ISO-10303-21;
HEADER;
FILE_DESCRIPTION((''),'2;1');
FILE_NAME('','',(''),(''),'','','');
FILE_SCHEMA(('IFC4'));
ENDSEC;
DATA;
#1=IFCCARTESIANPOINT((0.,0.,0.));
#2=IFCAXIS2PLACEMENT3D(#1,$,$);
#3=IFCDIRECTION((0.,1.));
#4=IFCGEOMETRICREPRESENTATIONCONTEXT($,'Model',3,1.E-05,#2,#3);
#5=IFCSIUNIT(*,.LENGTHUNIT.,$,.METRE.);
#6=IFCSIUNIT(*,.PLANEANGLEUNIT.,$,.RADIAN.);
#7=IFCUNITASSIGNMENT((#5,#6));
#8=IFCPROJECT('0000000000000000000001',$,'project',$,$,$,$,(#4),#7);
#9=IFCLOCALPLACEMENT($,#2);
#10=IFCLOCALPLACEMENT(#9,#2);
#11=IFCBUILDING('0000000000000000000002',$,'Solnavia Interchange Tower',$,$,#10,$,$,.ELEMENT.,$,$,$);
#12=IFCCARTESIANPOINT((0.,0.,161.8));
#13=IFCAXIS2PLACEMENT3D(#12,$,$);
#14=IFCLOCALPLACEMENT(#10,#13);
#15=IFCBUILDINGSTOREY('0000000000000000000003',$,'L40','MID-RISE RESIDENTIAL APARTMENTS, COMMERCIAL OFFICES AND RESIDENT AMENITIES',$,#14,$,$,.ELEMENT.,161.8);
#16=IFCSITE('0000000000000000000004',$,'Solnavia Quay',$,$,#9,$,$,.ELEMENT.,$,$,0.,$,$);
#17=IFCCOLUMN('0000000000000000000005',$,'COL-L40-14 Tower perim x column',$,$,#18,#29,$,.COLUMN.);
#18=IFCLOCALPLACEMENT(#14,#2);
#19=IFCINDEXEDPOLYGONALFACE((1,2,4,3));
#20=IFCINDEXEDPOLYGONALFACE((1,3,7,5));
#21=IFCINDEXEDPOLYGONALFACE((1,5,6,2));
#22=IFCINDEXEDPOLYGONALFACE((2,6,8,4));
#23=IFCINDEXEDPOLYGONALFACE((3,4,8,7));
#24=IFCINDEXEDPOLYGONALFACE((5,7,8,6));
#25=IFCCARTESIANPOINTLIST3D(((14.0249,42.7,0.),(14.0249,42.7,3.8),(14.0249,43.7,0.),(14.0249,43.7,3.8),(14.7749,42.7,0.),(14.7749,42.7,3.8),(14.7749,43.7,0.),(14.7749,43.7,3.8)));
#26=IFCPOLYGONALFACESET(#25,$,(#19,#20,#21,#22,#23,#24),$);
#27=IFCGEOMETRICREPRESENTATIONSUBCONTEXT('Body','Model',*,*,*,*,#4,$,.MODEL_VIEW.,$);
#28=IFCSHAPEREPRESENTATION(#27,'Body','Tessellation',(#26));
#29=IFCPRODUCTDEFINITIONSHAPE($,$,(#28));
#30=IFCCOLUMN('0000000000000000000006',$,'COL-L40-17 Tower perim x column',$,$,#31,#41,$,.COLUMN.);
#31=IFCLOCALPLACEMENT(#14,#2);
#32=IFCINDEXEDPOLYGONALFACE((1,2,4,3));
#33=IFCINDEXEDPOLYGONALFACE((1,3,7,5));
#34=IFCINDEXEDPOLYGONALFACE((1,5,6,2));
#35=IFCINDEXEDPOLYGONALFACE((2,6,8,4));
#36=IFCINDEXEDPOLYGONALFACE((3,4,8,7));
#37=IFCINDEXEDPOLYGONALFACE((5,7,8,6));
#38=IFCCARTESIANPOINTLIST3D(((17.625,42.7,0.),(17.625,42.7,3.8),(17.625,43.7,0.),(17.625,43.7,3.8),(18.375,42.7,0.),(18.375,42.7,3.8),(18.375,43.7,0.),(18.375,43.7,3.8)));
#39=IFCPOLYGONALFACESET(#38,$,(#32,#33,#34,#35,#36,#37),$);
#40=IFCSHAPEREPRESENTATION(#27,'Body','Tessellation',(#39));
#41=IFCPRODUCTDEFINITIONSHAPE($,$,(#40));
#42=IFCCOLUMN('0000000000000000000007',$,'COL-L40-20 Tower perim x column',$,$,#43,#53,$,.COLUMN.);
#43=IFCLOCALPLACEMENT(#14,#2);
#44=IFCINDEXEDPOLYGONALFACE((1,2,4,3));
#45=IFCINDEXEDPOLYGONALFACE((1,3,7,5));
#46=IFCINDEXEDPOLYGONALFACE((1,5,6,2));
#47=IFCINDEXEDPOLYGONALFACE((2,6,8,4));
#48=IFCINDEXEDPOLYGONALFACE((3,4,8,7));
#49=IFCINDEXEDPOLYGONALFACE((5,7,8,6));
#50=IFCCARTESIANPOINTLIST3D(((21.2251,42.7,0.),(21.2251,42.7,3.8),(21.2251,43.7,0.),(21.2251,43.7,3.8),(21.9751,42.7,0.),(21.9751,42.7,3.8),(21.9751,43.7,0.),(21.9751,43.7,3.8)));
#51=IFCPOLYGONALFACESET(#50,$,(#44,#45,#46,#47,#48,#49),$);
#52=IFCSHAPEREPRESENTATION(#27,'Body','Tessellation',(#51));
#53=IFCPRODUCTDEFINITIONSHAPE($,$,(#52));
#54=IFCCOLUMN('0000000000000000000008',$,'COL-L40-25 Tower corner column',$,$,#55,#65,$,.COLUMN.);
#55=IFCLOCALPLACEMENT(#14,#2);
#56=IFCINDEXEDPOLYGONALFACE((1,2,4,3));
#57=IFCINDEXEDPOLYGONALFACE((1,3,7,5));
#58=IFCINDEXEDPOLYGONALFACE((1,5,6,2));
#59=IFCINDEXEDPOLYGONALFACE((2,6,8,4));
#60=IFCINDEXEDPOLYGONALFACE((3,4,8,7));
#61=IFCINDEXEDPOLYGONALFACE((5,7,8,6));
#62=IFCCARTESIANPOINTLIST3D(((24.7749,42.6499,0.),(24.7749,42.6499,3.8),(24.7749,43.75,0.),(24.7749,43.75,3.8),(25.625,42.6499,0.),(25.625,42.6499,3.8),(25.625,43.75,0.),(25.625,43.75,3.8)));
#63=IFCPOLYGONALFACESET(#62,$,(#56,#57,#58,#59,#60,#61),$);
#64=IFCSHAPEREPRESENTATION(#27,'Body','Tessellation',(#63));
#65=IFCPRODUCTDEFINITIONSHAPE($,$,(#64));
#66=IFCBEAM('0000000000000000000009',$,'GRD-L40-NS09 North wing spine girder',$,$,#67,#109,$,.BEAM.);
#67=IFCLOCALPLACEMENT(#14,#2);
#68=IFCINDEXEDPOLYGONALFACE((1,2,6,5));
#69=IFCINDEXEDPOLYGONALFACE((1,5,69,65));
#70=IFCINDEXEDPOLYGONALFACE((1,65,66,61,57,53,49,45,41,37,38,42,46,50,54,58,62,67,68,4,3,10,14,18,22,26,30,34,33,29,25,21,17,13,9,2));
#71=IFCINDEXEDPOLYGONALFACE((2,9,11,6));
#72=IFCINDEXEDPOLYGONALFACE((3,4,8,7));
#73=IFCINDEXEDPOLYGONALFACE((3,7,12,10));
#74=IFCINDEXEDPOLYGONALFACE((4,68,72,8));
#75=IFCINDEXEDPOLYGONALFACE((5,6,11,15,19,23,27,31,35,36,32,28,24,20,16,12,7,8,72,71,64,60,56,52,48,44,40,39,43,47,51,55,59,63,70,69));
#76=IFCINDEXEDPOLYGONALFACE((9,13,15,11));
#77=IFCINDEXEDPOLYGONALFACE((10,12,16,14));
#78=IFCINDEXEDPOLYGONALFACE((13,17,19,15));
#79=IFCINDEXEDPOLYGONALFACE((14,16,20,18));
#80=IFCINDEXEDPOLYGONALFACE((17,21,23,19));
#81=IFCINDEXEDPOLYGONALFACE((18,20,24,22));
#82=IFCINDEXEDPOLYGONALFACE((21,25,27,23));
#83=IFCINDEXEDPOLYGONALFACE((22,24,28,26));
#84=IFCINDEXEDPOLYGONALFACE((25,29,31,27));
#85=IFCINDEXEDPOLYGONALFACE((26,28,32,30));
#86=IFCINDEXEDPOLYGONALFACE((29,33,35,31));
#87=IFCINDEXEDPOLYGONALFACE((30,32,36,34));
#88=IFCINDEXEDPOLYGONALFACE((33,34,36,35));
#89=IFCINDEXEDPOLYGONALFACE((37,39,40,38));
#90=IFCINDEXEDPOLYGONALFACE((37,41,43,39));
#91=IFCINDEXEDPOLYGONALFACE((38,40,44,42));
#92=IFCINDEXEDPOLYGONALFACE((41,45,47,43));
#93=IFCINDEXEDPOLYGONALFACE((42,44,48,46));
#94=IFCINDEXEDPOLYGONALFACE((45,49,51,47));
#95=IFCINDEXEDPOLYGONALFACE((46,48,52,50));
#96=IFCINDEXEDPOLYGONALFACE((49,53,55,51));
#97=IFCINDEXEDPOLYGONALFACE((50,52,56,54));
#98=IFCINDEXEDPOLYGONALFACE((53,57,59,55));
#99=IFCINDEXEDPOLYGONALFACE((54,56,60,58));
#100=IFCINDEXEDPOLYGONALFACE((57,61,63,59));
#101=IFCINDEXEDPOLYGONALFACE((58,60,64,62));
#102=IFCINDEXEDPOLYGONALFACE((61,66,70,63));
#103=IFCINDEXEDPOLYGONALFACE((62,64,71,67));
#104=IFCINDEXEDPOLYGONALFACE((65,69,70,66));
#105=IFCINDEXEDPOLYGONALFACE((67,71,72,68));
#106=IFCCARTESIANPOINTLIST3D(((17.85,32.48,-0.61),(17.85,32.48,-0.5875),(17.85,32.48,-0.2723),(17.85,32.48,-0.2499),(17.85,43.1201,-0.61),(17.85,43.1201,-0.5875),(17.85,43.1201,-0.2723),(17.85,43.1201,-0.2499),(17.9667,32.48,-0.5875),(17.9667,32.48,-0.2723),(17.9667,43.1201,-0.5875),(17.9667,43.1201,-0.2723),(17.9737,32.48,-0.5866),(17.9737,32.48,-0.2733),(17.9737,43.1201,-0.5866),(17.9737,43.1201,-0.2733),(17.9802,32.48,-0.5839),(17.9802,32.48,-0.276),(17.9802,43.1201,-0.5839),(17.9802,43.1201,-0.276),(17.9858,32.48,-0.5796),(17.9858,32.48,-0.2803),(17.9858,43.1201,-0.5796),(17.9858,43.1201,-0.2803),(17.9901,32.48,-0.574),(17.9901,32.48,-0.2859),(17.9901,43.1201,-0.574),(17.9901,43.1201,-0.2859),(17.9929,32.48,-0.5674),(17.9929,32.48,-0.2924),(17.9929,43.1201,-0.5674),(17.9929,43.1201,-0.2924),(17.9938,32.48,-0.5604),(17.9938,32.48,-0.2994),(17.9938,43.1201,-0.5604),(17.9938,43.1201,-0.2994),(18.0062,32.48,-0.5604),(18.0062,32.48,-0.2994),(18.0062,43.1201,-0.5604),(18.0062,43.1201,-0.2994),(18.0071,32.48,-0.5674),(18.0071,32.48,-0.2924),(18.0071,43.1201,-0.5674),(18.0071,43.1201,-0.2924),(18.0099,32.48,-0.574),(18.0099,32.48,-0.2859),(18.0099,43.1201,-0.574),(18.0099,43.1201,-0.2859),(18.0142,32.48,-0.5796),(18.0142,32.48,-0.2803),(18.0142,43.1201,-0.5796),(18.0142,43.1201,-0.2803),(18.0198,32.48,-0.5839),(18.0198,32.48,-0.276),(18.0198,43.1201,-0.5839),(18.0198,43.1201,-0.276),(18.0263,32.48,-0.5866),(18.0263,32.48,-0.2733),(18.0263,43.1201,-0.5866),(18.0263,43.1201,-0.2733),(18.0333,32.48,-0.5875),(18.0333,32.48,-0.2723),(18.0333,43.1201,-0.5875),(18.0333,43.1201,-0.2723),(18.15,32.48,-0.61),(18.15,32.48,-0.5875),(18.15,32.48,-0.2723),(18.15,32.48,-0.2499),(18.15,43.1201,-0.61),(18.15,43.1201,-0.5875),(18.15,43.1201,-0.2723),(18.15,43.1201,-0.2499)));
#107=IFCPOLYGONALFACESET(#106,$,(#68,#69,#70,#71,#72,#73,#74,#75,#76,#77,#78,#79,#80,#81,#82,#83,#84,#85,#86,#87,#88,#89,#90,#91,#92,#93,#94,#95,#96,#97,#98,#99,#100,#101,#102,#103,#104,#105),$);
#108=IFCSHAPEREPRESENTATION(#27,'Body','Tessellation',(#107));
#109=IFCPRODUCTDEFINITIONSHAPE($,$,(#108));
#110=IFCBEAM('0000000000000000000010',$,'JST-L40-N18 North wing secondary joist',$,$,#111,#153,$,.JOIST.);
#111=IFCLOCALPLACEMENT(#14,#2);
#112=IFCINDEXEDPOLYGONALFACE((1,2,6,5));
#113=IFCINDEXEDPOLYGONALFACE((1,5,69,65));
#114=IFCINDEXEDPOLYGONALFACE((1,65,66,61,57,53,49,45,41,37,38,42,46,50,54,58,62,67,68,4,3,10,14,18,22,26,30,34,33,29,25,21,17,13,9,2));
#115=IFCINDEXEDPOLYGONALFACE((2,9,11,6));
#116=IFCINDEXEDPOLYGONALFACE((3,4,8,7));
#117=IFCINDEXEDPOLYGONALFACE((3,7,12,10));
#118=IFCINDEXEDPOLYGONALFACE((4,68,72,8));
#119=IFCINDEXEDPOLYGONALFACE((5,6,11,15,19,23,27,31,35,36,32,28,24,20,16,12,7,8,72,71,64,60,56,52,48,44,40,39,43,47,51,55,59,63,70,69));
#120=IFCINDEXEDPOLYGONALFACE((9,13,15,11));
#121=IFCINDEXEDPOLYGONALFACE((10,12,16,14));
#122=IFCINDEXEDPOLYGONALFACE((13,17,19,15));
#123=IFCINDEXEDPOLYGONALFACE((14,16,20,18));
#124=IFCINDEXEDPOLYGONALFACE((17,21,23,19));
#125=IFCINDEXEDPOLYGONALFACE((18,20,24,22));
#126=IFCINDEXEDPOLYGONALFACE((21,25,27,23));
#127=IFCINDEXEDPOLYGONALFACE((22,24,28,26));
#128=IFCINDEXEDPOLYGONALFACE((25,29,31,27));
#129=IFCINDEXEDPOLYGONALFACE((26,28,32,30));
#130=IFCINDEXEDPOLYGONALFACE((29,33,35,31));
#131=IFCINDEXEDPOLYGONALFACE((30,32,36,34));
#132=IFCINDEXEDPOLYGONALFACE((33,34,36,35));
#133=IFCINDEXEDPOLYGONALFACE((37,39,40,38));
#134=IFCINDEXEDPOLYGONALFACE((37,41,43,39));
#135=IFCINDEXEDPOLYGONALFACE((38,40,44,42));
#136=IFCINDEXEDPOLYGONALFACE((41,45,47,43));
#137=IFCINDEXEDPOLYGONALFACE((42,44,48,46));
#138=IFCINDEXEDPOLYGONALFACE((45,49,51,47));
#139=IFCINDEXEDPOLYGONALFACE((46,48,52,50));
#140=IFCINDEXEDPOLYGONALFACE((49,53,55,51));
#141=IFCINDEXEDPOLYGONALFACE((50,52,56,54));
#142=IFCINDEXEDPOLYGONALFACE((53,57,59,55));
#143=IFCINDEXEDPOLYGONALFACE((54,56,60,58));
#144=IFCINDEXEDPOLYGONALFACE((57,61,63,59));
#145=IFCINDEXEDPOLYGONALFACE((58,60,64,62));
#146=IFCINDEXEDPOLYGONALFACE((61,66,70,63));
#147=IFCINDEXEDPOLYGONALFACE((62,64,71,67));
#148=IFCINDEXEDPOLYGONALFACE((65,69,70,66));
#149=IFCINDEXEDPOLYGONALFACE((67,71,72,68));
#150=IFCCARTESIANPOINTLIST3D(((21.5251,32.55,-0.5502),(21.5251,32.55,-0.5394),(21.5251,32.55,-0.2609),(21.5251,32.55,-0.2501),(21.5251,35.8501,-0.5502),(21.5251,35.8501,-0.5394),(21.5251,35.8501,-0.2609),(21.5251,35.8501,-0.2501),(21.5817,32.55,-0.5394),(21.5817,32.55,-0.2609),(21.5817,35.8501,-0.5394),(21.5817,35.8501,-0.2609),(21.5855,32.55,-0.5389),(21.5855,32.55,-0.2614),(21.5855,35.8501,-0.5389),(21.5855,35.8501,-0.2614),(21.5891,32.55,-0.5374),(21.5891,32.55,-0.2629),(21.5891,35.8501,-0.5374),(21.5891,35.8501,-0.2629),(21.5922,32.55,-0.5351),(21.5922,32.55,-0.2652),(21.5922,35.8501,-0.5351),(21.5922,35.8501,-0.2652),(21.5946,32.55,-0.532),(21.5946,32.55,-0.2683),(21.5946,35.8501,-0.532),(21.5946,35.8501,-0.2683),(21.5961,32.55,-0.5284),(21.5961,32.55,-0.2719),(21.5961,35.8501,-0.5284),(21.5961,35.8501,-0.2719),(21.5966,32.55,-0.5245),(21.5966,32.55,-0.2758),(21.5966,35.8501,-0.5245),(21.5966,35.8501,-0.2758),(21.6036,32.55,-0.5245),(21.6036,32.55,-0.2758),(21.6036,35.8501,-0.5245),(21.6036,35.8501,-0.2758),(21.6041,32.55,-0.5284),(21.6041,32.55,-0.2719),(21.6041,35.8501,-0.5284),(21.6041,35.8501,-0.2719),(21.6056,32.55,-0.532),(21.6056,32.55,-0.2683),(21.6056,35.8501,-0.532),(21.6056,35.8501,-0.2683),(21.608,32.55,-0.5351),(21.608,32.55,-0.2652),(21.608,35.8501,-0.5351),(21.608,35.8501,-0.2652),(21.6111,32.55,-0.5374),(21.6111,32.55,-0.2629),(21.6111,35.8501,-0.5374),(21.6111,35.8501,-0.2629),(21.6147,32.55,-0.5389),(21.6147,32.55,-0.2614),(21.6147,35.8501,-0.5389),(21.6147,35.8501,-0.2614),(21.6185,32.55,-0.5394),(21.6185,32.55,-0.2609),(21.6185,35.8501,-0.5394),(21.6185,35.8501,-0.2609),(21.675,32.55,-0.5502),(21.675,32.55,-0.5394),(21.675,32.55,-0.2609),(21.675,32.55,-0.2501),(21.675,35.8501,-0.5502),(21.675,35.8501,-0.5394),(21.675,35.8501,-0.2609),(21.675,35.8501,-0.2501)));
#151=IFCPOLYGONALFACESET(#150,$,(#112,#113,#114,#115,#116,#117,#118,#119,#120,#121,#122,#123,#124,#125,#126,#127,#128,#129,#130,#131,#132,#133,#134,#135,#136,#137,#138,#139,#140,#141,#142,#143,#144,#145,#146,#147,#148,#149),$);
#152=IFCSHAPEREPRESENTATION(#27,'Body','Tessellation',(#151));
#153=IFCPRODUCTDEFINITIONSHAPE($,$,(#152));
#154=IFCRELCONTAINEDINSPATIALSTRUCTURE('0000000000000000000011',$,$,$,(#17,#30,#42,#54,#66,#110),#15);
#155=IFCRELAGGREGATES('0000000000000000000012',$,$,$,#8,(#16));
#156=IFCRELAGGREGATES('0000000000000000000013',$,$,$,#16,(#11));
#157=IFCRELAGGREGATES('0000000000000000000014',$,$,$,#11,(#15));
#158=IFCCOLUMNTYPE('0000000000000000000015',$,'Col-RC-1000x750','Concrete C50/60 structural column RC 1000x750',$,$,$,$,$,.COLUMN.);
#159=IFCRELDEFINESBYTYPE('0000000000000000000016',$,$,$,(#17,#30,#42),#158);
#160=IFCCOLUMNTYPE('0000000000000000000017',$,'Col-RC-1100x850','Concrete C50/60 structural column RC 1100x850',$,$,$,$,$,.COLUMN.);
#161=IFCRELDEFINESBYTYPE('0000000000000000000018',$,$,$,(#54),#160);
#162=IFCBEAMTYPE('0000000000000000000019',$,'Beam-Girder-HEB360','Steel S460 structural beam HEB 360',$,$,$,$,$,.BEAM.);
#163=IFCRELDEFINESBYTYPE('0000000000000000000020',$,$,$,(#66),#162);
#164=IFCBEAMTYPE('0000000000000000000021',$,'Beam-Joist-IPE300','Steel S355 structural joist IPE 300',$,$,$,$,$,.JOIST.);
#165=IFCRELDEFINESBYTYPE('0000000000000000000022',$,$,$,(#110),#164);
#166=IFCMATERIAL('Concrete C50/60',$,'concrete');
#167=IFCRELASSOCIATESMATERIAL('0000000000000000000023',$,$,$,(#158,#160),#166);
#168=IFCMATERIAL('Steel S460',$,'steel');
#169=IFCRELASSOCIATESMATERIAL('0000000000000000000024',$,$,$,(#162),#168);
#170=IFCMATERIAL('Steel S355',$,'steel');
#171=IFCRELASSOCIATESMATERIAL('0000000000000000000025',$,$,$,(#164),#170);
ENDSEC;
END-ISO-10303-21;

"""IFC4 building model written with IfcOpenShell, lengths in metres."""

from ifc_helpers import new_model, si_unit, direction, frame, origin, origin_2d, place, context, subcontext, project, spatial, rectangle, i_section, extrude, material, material_profile, profile_set, type_object, element, save


model = new_model("IFC4")

# Units and contexts
model_context = context("Model", 3, precision=1e-05, world=origin(), true_north=direction((0.0, 1.0)))
body_context = subcontext(model_context, "Body", "Model", "MODEL_VIEW")
ifc_project = project(units=[si_unit("LENGTHUNIT", "METRE"), si_unit("PLANEANGLEUNIT", "RADIAN")], contexts=[model_context])

# Site, building, storey
site_placement = place(None, origin())
site = spatial("IfcSite", under=ifc_project, at=site_placement, Name="Solnavia Quay", CompositionType="ELEMENT", RefElevation=0.0)
building_placement = place(site_placement, origin())
building = spatial("IfcBuilding", under=site, at=building_placement, Name="Solnavia Interchange Tower", CompositionType="ELEMENT")
storey_placement = place(building_placement, frame((0.0, 0.0, 161.8)))
storey = spatial("IfcBuildingStorey", under=building, at=storey_placement, Name="L40", Description="MID-RISE RESIDENTIAL APARTMENTS, COMMERCIAL OFFICES AND RESIDENT AMENITIES", CompositionType="ELEMENT", Elevation=161.8)

# Columns
ifc_material_1 = material(Name="Concrete C50/60", Category="concrete")
ifc_material_profile_1 = material_profile(ifc_material_1, rectangle(XDim=0.75, YDim=1.0, at=origin_2d()), Name="RC 1000x750")
ifc_profile_set_1 = profile_set([ifc_material_profile_1], Name="Concrete C50/60")
column_type_1 = type_object("IfcColumnType", Name="Col-RC-1000x750", Description="Concrete C50/60 structural column RC 1000x750", PredefinedType="COLUMN", material=ifc_profile_set_1)
for number, where, z_axis, x_axis, name in (
    (1, (14.3999, 43.2, 0.0), (0.0, 0.0, 1.0), (1.0, 0.0, 0.0), "COL-L40-14 Tower perim x column"),
    (2, (18.0, 43.2, 0.0), (0.0, 0.0, 1.0), (1.0, 0.0, 0.0), "COL-L40-17 Tower perim x column"),
    (3, (21.6001, 43.2, 0.0), (0.0, 0.0, 1.0), (1.0, 0.0, 0.0), "COL-L40-20 Tower perim x column"),
):
    element("IfcColumn", number, at=place(storey_placement, frame(where, z_axis=z_axis, x_axis=x_axis)), inside=storey, type_object=column_type_1, Name=name, PredefinedType="COLUMN", context=body_context, shape_type="SweptSolid", body=[
        extrude(rectangle(XDim=0.75, YDim=1.0, at=origin_2d()), origin(), (0.0, 0.0, 1.0), 3.8),
    ])
ifc_material_profile_2 = material_profile(ifc_material_1, rectangle(XDim=0.8501, YDim=1.1001, at=origin_2d()), Name="RC 1100x850")
ifc_profile_set_2 = profile_set([ifc_material_profile_2], Name="Concrete C50/60")
column_type_2 = type_object("IfcColumnType", Name="Col-RC-1100x850", Description="Concrete C50/60 structural column RC 1100x850", PredefinedType="COLUMN", material=ifc_profile_set_2)
column_placement = place(storey_placement, frame((25.2, 43.2, 0.0), z_axis=(0.0, 0.0, 1.0), x_axis=(1.0, 0.0, 0.0)))
element("IfcColumn", 4, at=column_placement, inside=storey, type_object=column_type_2, Name="COL-L40-25 Tower corner column", PredefinedType="COLUMN", context=body_context, shape_type="SweptSolid", body=[
    extrude(rectangle(XDim=0.8501, YDim=1.1001, at=origin_2d()), origin(), (0.0, 0.0, 1.0), 3.8),
])

# Beams
ifc_material_2 = material(Name="Steel S460", Category="steel")
ifc_material_profile_3 = material_profile(ifc_material_2, i_section(OverallWidth=0.3, OverallDepth=0.3601, WebThickness=0.0125, FlangeThickness=0.0225, FilletRadius=0.0271, at=origin_2d()), Name="HEB 360")
ifc_profile_set_3 = profile_set([ifc_material_profile_3], Name="Steel S460")
beam_type_1 = type_object("IfcBeamType", Name="Beam-Girder-HEB360", Description="Steel S460 structural beam HEB 360", PredefinedType="BEAM", material=ifc_profile_set_3)
beam_1_placement = place(storey_placement, frame((18.0, 32.48, -0.4299), z_axis=(0.0, 1.0, 0.0), x_axis=(-1.0, 0.0, 0.0)))
element("IfcBeam", 5, at=beam_1_placement, inside=storey, type_object=beam_type_1, Name="GRD-L40-NS09 North wing spine girder", PredefinedType="BEAM", context=body_context, shape_type="SweptSolid", body=[
    extrude(i_section(OverallWidth=0.3, OverallDepth=0.3601, WebThickness=0.0125, FlangeThickness=0.0225, FilletRadius=0.0271, at=origin_2d()), origin(), (0.0, 0.0, 1.0), 10.6401),
])
ifc_material_3 = material(Name="Steel S355", Category="steel")
ifc_material_profile_4 = material_profile(ifc_material_3, i_section(OverallWidth=0.1499, OverallDepth=0.3, WebThickness=0.0071, FlangeThickness=0.0107, FilletRadius=0.0149, at=origin_2d()), Name="IPE 300")
ifc_profile_set_4 = profile_set([ifc_material_profile_4], Name="Steel S355")
beam_type_2 = type_object("IfcBeamType", Name="Beam-Joist-IPE300", Description="Steel S355 structural joist IPE 300", PredefinedType="JOIST", material=ifc_profile_set_4)
beam_2_placement = place(storey_placement, frame((21.6001, 32.55, -0.4001), z_axis=(0.0, 1.0, 0.0), x_axis=(-1.0, 0.0, 0.0)))
element("IfcBeam", 6, at=beam_2_placement, inside=storey, type_object=beam_type_2, Name="JST-L40-N18 North wing secondary joist", PredefinedType="JOIST", context=body_context, shape_type="SweptSolid", body=[
    extrude(i_section(OverallWidth=0.1499, OverallDepth=0.3, WebThickness=0.0071, FlangeThickness=0.0107, FilletRadius=0.0149, at=origin_2d()), origin(), (0.0, 0.0, 1.0), 3.3),
])

save(model, "model.ifc")
